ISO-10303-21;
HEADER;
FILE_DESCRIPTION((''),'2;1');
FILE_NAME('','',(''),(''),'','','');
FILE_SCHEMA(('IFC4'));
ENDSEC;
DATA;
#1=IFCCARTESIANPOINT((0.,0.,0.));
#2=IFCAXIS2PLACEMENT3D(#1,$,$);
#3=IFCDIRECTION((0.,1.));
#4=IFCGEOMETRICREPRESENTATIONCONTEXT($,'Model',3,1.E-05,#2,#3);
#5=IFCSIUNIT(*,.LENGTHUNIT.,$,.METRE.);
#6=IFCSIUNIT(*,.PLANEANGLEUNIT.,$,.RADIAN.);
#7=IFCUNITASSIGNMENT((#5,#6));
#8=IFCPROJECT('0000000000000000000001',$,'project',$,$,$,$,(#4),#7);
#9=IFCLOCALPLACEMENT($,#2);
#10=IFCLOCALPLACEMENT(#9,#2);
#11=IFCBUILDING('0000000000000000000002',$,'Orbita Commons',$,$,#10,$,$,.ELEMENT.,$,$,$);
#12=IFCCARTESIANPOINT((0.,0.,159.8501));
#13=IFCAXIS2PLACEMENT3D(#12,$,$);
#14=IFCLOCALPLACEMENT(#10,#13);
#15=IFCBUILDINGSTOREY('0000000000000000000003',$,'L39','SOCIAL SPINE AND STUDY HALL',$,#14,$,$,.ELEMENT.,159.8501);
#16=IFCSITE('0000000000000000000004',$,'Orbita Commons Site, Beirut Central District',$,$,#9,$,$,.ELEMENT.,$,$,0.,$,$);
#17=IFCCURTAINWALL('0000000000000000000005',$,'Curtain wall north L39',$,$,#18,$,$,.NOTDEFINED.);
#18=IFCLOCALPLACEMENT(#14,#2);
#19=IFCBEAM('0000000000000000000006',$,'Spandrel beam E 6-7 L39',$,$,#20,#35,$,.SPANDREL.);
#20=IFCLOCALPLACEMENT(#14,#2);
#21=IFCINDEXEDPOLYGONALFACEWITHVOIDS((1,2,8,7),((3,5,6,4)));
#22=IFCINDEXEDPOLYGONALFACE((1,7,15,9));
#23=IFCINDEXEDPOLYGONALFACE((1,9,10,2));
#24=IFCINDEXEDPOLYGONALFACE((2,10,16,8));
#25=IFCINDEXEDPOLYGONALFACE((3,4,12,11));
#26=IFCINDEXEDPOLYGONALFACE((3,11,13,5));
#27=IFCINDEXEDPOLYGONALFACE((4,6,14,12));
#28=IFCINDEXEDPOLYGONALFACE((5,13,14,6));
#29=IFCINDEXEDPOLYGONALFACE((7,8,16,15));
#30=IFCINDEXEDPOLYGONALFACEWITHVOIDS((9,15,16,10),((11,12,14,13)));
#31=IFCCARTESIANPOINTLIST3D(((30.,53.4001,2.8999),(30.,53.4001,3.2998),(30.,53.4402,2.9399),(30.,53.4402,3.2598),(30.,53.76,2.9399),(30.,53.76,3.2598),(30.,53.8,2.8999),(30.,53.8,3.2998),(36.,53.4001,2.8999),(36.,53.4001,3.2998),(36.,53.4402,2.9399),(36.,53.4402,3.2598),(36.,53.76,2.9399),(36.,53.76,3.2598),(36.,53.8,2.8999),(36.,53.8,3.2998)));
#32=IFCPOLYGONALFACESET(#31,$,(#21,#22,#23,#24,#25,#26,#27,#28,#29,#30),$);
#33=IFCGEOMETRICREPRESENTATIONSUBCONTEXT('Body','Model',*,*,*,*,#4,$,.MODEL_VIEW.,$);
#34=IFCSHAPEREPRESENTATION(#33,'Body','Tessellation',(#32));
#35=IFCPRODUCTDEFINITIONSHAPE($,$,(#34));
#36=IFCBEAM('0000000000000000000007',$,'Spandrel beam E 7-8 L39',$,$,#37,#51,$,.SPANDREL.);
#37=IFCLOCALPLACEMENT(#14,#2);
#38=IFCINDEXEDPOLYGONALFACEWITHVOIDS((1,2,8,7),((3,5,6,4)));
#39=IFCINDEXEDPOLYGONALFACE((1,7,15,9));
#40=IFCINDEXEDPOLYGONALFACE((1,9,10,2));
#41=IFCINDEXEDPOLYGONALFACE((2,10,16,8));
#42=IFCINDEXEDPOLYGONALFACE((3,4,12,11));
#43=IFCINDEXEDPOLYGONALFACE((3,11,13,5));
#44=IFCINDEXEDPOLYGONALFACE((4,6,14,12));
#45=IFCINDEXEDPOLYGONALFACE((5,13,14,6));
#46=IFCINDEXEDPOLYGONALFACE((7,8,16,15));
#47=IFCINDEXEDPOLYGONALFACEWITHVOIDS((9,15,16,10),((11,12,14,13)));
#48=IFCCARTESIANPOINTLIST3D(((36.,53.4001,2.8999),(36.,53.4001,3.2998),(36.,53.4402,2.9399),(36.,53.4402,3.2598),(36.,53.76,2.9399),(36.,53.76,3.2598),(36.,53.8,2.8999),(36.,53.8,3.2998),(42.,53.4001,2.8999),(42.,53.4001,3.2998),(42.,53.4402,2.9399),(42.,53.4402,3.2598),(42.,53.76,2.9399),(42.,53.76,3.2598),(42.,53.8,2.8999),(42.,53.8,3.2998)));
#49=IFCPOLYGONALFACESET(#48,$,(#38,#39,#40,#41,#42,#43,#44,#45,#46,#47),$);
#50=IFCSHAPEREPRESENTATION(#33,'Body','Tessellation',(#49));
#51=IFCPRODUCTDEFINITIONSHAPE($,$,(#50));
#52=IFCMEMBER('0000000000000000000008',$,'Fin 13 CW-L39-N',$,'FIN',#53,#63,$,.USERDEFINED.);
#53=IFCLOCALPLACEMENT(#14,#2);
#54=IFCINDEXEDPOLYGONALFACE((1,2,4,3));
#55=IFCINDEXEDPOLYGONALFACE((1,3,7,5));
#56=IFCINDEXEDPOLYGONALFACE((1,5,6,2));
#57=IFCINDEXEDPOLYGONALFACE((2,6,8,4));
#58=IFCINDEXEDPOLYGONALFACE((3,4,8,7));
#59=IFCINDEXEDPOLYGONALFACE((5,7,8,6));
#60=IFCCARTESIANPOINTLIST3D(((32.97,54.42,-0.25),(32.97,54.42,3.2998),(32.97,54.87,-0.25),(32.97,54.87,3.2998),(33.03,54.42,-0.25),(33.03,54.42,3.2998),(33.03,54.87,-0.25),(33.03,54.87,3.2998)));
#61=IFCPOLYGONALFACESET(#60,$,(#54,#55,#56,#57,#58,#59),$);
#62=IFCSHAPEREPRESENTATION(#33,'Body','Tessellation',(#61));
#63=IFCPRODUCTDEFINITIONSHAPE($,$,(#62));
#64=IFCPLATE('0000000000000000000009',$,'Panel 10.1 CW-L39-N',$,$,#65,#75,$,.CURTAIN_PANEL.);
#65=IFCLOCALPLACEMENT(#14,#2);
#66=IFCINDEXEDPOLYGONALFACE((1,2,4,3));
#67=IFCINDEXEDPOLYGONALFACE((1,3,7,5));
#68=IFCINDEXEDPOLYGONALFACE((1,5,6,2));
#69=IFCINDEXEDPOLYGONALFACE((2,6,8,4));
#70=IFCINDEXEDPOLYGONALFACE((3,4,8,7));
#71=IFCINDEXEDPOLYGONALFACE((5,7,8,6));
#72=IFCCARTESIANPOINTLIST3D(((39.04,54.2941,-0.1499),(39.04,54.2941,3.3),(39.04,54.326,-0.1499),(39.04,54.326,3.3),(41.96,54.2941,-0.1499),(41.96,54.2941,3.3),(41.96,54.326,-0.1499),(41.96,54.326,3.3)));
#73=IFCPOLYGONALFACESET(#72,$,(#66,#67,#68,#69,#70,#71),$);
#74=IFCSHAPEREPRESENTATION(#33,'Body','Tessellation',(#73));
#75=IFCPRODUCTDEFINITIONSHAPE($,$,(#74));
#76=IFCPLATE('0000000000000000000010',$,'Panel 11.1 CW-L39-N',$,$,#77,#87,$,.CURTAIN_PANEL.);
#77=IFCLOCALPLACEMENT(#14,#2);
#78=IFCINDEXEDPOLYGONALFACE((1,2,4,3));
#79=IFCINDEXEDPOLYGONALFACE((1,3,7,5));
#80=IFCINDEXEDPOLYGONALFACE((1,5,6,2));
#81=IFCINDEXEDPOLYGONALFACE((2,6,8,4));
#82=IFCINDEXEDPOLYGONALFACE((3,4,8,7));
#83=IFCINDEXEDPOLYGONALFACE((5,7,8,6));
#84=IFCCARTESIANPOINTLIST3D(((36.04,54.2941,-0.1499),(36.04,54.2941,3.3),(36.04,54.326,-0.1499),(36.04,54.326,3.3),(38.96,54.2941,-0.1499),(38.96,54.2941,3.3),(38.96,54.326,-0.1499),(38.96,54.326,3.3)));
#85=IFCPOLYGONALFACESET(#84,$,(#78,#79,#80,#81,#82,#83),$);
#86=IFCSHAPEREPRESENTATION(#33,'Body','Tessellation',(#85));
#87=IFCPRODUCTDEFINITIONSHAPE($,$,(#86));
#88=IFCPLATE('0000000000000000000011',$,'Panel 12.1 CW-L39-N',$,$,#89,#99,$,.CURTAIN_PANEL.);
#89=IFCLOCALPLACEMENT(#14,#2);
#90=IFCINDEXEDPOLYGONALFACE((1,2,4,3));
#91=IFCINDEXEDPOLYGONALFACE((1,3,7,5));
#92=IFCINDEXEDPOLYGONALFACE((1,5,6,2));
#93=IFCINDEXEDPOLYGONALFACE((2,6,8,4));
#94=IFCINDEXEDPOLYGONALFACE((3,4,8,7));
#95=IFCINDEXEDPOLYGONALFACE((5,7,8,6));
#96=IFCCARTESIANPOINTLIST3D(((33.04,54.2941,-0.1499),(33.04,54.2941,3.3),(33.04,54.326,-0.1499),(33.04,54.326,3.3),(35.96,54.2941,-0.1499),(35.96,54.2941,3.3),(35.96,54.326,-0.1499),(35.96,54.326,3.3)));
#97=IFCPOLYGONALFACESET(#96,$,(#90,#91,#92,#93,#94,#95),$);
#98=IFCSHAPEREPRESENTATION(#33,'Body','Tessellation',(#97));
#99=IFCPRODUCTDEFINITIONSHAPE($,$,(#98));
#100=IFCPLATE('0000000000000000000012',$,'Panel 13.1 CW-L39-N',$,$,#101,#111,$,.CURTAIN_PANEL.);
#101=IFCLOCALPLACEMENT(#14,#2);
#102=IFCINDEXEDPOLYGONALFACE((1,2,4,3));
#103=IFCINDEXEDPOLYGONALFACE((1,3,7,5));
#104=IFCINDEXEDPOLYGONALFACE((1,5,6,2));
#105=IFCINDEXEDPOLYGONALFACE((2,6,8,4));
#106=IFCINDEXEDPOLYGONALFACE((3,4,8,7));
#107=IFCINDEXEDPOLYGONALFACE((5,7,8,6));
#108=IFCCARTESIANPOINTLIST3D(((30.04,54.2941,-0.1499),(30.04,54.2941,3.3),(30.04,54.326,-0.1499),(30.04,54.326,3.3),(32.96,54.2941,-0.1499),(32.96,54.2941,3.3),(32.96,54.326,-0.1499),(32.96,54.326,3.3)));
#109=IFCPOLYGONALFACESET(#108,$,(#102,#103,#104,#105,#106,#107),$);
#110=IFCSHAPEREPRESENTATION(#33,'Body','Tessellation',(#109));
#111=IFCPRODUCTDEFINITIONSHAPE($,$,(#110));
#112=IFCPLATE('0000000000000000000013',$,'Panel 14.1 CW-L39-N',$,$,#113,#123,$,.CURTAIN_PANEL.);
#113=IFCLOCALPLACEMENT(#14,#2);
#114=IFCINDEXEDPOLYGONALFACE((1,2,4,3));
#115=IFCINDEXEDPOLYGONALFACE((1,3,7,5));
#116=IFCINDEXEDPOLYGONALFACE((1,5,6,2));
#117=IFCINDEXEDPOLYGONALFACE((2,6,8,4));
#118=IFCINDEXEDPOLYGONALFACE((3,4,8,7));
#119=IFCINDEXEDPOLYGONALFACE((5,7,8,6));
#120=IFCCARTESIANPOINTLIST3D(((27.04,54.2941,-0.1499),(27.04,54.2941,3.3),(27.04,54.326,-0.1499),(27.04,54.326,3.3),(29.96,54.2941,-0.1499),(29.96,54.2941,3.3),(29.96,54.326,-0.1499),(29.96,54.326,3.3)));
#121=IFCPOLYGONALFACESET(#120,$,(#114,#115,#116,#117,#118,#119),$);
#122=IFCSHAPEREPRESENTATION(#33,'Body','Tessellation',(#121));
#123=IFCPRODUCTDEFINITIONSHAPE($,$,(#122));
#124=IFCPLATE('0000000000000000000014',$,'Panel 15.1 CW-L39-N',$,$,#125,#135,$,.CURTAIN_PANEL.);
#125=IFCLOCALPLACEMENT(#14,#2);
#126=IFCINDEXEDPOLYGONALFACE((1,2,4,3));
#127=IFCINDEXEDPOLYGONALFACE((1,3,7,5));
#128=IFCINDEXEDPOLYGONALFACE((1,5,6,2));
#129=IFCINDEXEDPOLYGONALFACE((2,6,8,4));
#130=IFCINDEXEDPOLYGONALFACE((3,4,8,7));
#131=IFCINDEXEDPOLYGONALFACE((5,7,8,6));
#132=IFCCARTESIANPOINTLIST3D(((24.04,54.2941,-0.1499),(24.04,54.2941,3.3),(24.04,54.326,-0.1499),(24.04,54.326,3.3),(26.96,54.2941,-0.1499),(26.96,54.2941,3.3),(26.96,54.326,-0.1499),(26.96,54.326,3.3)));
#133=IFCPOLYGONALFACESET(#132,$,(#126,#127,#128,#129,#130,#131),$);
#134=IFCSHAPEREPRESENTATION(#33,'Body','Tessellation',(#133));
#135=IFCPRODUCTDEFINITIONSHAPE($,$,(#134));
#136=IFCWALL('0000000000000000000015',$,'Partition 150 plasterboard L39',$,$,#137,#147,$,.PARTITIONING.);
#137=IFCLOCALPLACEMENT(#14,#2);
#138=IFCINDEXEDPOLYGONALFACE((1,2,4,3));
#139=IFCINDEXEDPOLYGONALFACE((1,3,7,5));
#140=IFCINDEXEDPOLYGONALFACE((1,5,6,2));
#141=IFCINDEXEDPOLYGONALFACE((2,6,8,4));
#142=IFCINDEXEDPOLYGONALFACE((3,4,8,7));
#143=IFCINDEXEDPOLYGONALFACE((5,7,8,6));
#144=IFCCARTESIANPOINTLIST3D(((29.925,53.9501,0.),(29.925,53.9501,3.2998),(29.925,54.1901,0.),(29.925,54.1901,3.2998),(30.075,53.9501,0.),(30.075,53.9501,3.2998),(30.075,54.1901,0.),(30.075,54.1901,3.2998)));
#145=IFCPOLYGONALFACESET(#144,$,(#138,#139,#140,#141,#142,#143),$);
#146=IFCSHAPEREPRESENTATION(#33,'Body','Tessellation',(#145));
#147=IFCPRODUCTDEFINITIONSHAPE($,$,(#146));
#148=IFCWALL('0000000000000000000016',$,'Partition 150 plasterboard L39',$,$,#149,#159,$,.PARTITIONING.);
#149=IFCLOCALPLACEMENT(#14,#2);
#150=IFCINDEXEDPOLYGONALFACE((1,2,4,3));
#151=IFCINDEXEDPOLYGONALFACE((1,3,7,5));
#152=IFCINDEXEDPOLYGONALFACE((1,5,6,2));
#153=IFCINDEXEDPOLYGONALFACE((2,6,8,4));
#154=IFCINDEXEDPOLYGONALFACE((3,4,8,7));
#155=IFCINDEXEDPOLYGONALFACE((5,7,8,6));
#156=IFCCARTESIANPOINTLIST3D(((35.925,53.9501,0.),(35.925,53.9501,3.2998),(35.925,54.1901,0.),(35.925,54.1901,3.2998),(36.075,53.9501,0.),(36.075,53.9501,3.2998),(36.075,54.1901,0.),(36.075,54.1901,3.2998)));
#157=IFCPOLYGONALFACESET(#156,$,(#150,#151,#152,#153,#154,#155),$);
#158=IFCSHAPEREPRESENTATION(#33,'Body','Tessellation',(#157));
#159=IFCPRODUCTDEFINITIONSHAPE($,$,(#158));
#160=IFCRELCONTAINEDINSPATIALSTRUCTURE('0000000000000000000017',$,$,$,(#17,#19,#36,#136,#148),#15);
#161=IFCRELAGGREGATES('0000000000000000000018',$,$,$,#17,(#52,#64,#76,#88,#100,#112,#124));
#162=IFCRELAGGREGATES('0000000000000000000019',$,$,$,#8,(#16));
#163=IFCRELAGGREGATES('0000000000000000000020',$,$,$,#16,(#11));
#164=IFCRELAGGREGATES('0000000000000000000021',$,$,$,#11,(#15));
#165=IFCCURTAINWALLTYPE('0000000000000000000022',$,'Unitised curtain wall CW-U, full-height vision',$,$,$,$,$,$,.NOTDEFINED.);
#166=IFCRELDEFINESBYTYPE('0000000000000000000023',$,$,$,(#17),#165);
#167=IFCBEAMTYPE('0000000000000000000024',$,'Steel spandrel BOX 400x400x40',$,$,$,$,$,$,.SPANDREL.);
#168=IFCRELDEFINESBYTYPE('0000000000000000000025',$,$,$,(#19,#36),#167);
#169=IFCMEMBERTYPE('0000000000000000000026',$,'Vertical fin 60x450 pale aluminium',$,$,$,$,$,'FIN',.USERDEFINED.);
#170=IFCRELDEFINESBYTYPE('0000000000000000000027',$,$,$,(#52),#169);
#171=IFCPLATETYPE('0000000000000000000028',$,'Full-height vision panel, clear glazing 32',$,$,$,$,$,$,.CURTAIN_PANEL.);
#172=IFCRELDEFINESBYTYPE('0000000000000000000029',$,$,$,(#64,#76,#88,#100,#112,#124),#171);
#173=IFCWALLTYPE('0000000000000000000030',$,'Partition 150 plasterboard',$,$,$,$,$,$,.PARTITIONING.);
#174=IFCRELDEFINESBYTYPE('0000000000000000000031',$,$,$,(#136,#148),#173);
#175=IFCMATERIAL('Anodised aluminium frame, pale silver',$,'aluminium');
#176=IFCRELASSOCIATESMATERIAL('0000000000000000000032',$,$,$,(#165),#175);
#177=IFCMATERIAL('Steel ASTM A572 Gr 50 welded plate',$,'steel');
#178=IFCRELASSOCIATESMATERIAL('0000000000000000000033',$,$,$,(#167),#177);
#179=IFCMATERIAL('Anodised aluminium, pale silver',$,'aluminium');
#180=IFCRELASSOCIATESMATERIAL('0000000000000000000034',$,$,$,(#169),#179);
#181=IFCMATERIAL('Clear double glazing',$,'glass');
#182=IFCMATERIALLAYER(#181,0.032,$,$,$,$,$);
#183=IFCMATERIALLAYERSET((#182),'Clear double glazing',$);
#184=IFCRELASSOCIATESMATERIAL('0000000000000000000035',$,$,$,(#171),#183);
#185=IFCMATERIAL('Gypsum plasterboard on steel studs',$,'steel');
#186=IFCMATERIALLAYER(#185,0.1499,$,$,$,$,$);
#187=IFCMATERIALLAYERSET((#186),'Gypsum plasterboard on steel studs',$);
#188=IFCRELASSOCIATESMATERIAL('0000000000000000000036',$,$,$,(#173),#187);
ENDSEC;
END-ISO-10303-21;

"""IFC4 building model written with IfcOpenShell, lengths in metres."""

from ifc_helpers import new_model, si_unit, direction, frame, frame_2d, origin, origin_2d, place, context, subcontext, project, spatial, rectangle, hollow_rectangle, extrude, material, layer, layer_set, material_profile, profile_set, type_object, element, aggregate, save


model = new_model("IFC4")

# Units and contexts
model_context = context("Model", 3, precision=1e-05, world=origin(), true_north=direction((0.0, 1.0)))
body_context = subcontext(model_context, "Body", "Model", "MODEL_VIEW")
ifc_project = project(units=[si_unit("LENGTHUNIT", "METRE"), si_unit("PLANEANGLEUNIT", "RADIAN")], contexts=[model_context])

# Site, building, storey
site_placement = place(None, origin())
site = spatial("IfcSite", under=ifc_project, at=site_placement, Name="Orbita Commons Site, Beirut Central District", CompositionType="ELEMENT", RefElevation=0.0)
building_placement = place(site_placement, origin())
building = spatial("IfcBuilding", under=site, at=building_placement, Name="Orbita Commons", CompositionType="ELEMENT")
storey_placement = place(building_placement, frame((0.0, 0.0, 159.8501)))
storey = spatial("IfcBuildingStorey", under=building, at=storey_placement, Name="L39", Description="SOCIAL SPINE AND STUDY HALL", CompositionType="ELEMENT", Elevation=159.8501)

# Curtain wall
ifc_material_1 = material(Name="Anodised aluminium frame, pale silver", Category="aluminium")
curtain_wall_type = type_object("IfcCurtainWallType", Name="Unitised curtain wall CW-U, full-height vision", PredefinedType="NOTDEFINED", material=ifc_material_1)
curtain_wall_placement = place(storey_placement, origin())
curtain_wall = element("IfcCurtainWall", 1, at=curtain_wall_placement, inside=storey, type_object=curtain_wall_type, Name="Curtain wall north L39", PredefinedType="NOTDEFINED")

# Beams
ifc_material_2 = material(Name="Steel ASTM A572 Gr 50 welded plate", Category="steel")
ifc_material_profile_1 = material_profile(ifc_material_2, hollow_rectangle(XDim=0.3999, YDim=0.3999, WallThickness=0.04, at=origin_2d()), Name="BOX 400x400x40")
ifc_profile_set_1 = profile_set([ifc_material_profile_1], Name="Steel ASTM A572 Gr 50 welded plate")
beam_type = type_object("IfcBeamType", Name="Steel spandrel BOX 400x400x40", PredefinedType="SPANDREL", material=ifc_profile_set_1)
for number, where, z_axis, x_axis, name in (
    (2, (30.0, 53.6001, 3.0999), (1.0, 0.0, 0.0), (0.0, 1.0, 0.0), "Spandrel beam E 6-7 L39"),
    (3, (36.0, 53.6001, 3.0999), (1.0, 0.0, 0.0), (0.0, 1.0, 0.0), "Spandrel beam E 7-8 L39"),
):
    element("IfcBeam", number, at=place(storey_placement, frame(where, z_axis=z_axis, x_axis=x_axis)), inside=storey, type_object=beam_type, Name=name, PredefinedType="SPANDREL", context=body_context, shape_type="SweptSolid", body=[
        extrude(hollow_rectangle(XDim=0.3999, YDim=0.3999, WallThickness=0.04, at=origin_2d()), origin(), (0.0, 0.0, 1.0), 6.0),
    ])

# Member
ifc_material_3 = material(Name="Anodised aluminium, pale silver", Category="aluminium")
ifc_material_profile_2 = material_profile(ifc_material_3, rectangle(XDim=0.0601, YDim=0.45, at=origin_2d()), Name="FIN 60x450")
ifc_profile_set_2 = profile_set([ifc_material_profile_2], Name="Anodised aluminium, pale silver")
member_type_1 = type_object("IfcMemberType", Name="Vertical fin 60x450 pale aluminium", ElementType="FIN", PredefinedType="USERDEFINED", material=ifc_profile_set_2)
member_1_placement = place(storey_placement, frame((33.0, 54.645, -0.25), z_axis=(0.0, 0.0, 1.0), x_axis=(-1.0, 0.0, 0.0)))
member_1 = element("IfcMember", 4, at=member_1_placement, type_object=member_type_1, Name="Fin 13 CW-L39-N", ObjectType="FIN", PredefinedType="USERDEFINED", context=body_context, shape_type="SweptSolid", body=[
    extrude(rectangle(XDim=0.0601, YDim=0.45, at=origin_2d()), origin(), (0.0, 0.0, 1.0), 3.5498),
])

# Plates
ifc_material_4 = material(Name="Clear double glazing", Category="glass")
ifc_layer_1 = layer(ifc_material_4, 0.032)
ifc_layer_set_1 = layer_set([ifc_layer_1], Name="Clear double glazing")
plate_type = type_object("IfcPlateType", Name="Full-height vision panel, clear glazing 32", PredefinedType="CURTAIN_PANEL", material=ifc_layer_set_1)
plate_1_placement = place(storey_placement, frame((40.5, 54.3101, -0.1499), z_axis=(0.0, 0.0, 1.0), x_axis=(-1.0, 0.0, 0.0)))
plate_1 = element("IfcPlate", 5, at=plate_1_placement, type_object=plate_type, Name="Panel 10.1 CW-L39-N", PredefinedType="CURTAIN_PANEL", context=body_context, shape_type="SweptSolid", body=[
    extrude(rectangle(XDim=2.9199, YDim=0.032, at=origin_2d()), origin(), (0.0, 0.0, 1.0), 3.45),
])
plate_2_placement = place(storey_placement, frame((37.5, 54.3101, -0.1499), z_axis=(0.0, 0.0, 1.0), x_axis=(-1.0, 0.0, 0.0)))
plate_2 = element("IfcPlate", 6, at=plate_2_placement, type_object=plate_type, Name="Panel 11.1 CW-L39-N", PredefinedType="CURTAIN_PANEL", context=body_context, shape_type="SweptSolid", body=[
    extrude(rectangle(XDim=2.9199, YDim=0.032, at=origin_2d()), origin(), (0.0, 0.0, 1.0), 3.45),
])
plate_3_placement = place(storey_placement, frame((34.5, 54.3101, -0.1499), z_axis=(0.0, 0.0, 1.0), x_axis=(-1.0, 0.0, 0.0)))
plate_3 = element("IfcPlate", 7, at=plate_3_placement, type_object=plate_type, Name="Panel 12.1 CW-L39-N", PredefinedType="CURTAIN_PANEL", context=body_context, shape_type="SweptSolid", body=[
    extrude(rectangle(XDim=2.9199, YDim=0.032, at=origin_2d()), origin(), (0.0, 0.0, 1.0), 3.45),
])
plate_4_placement = place(storey_placement, frame((31.5, 54.3101, -0.1499), z_axis=(0.0, 0.0, 1.0), x_axis=(-1.0, 0.0, 0.0)))
plate_4 = element("IfcPlate", 8, at=plate_4_placement, type_object=plate_type, Name="Panel 13.1 CW-L39-N", PredefinedType="CURTAIN_PANEL", context=body_context, shape_type="SweptSolid", body=[
    extrude(rectangle(XDim=2.9199, YDim=0.032, at=origin_2d()), origin(), (0.0, 0.0, 1.0), 3.45),
])
plate_5_placement = place(storey_placement, frame((28.5, 54.3101, -0.1499), z_axis=(0.0, 0.0, 1.0), x_axis=(-1.0, 0.0, 0.0)))
plate_5 = element("IfcPlate", 9, at=plate_5_placement, type_object=plate_type, Name="Panel 14.1 CW-L39-N", PredefinedType="CURTAIN_PANEL", context=body_context, shape_type="SweptSolid", body=[
    extrude(rectangle(XDim=2.9199, YDim=0.032, at=origin_2d()), origin(), (0.0, 0.0, 1.0), 3.45),
])
plate_6_placement = place(storey_placement, frame((25.5, 54.3101, -0.1499), z_axis=(0.0, 0.0, 1.0), x_axis=(-1.0, 0.0, 0.0)))
plate_6 = element("IfcPlate", 10, at=plate_6_placement, type_object=plate_type, Name="Panel 15.1 CW-L39-N", PredefinedType="CURTAIN_PANEL", context=body_context, shape_type="SweptSolid", body=[
    extrude(rectangle(XDim=2.9199, YDim=0.032, at=origin_2d()), origin(), (0.0, 0.0, 1.0), 3.45),
])
aggregate(curtain_wall, [member_1, plate_1, plate_2, plate_3, plate_4, plate_5, plate_6])

# Walls
ifc_material_5 = material(Name="Gypsum plasterboard on steel studs", Category="steel")
ifc_layer_2 = layer(ifc_material_5, 0.1499)
ifc_layer_set_2 = layer_set([ifc_layer_2], Name="Gypsum plasterboard on steel studs")
wall_type = type_object("IfcWallType", Name="Partition 150 plasterboard", PredefinedType="PARTITIONING", material=ifc_layer_set_2)
for number, where, z_axis, x_axis, name in (
    (11, (30.0, 53.95, 0.0), (0.0, 0.0, 1.0), (0.0, 1.0, 0.0), "Partition 150 plasterboard L39"),
    (12, (36.0, 53.95, 0.0), (0.0, 0.0, 1.0), (0.0, 1.0, 0.0), "Partition 150 plasterboard L39"),
):
    element("IfcWall", number, at=place(storey_placement, frame(where, z_axis=z_axis, x_axis=x_axis)), inside=storey, type_object=wall_type, Name=name, PredefinedType="PARTITIONING", context=body_context, shape_type="SweptSolid", body=[
        extrude(rectangle(XDim=0.24, YDim=0.1499, at=frame_2d((0.1201, 0.0))), origin(), (0.0, 0.0, 1.0), 3.2998),
    ])

save(model, "model.ifc")
